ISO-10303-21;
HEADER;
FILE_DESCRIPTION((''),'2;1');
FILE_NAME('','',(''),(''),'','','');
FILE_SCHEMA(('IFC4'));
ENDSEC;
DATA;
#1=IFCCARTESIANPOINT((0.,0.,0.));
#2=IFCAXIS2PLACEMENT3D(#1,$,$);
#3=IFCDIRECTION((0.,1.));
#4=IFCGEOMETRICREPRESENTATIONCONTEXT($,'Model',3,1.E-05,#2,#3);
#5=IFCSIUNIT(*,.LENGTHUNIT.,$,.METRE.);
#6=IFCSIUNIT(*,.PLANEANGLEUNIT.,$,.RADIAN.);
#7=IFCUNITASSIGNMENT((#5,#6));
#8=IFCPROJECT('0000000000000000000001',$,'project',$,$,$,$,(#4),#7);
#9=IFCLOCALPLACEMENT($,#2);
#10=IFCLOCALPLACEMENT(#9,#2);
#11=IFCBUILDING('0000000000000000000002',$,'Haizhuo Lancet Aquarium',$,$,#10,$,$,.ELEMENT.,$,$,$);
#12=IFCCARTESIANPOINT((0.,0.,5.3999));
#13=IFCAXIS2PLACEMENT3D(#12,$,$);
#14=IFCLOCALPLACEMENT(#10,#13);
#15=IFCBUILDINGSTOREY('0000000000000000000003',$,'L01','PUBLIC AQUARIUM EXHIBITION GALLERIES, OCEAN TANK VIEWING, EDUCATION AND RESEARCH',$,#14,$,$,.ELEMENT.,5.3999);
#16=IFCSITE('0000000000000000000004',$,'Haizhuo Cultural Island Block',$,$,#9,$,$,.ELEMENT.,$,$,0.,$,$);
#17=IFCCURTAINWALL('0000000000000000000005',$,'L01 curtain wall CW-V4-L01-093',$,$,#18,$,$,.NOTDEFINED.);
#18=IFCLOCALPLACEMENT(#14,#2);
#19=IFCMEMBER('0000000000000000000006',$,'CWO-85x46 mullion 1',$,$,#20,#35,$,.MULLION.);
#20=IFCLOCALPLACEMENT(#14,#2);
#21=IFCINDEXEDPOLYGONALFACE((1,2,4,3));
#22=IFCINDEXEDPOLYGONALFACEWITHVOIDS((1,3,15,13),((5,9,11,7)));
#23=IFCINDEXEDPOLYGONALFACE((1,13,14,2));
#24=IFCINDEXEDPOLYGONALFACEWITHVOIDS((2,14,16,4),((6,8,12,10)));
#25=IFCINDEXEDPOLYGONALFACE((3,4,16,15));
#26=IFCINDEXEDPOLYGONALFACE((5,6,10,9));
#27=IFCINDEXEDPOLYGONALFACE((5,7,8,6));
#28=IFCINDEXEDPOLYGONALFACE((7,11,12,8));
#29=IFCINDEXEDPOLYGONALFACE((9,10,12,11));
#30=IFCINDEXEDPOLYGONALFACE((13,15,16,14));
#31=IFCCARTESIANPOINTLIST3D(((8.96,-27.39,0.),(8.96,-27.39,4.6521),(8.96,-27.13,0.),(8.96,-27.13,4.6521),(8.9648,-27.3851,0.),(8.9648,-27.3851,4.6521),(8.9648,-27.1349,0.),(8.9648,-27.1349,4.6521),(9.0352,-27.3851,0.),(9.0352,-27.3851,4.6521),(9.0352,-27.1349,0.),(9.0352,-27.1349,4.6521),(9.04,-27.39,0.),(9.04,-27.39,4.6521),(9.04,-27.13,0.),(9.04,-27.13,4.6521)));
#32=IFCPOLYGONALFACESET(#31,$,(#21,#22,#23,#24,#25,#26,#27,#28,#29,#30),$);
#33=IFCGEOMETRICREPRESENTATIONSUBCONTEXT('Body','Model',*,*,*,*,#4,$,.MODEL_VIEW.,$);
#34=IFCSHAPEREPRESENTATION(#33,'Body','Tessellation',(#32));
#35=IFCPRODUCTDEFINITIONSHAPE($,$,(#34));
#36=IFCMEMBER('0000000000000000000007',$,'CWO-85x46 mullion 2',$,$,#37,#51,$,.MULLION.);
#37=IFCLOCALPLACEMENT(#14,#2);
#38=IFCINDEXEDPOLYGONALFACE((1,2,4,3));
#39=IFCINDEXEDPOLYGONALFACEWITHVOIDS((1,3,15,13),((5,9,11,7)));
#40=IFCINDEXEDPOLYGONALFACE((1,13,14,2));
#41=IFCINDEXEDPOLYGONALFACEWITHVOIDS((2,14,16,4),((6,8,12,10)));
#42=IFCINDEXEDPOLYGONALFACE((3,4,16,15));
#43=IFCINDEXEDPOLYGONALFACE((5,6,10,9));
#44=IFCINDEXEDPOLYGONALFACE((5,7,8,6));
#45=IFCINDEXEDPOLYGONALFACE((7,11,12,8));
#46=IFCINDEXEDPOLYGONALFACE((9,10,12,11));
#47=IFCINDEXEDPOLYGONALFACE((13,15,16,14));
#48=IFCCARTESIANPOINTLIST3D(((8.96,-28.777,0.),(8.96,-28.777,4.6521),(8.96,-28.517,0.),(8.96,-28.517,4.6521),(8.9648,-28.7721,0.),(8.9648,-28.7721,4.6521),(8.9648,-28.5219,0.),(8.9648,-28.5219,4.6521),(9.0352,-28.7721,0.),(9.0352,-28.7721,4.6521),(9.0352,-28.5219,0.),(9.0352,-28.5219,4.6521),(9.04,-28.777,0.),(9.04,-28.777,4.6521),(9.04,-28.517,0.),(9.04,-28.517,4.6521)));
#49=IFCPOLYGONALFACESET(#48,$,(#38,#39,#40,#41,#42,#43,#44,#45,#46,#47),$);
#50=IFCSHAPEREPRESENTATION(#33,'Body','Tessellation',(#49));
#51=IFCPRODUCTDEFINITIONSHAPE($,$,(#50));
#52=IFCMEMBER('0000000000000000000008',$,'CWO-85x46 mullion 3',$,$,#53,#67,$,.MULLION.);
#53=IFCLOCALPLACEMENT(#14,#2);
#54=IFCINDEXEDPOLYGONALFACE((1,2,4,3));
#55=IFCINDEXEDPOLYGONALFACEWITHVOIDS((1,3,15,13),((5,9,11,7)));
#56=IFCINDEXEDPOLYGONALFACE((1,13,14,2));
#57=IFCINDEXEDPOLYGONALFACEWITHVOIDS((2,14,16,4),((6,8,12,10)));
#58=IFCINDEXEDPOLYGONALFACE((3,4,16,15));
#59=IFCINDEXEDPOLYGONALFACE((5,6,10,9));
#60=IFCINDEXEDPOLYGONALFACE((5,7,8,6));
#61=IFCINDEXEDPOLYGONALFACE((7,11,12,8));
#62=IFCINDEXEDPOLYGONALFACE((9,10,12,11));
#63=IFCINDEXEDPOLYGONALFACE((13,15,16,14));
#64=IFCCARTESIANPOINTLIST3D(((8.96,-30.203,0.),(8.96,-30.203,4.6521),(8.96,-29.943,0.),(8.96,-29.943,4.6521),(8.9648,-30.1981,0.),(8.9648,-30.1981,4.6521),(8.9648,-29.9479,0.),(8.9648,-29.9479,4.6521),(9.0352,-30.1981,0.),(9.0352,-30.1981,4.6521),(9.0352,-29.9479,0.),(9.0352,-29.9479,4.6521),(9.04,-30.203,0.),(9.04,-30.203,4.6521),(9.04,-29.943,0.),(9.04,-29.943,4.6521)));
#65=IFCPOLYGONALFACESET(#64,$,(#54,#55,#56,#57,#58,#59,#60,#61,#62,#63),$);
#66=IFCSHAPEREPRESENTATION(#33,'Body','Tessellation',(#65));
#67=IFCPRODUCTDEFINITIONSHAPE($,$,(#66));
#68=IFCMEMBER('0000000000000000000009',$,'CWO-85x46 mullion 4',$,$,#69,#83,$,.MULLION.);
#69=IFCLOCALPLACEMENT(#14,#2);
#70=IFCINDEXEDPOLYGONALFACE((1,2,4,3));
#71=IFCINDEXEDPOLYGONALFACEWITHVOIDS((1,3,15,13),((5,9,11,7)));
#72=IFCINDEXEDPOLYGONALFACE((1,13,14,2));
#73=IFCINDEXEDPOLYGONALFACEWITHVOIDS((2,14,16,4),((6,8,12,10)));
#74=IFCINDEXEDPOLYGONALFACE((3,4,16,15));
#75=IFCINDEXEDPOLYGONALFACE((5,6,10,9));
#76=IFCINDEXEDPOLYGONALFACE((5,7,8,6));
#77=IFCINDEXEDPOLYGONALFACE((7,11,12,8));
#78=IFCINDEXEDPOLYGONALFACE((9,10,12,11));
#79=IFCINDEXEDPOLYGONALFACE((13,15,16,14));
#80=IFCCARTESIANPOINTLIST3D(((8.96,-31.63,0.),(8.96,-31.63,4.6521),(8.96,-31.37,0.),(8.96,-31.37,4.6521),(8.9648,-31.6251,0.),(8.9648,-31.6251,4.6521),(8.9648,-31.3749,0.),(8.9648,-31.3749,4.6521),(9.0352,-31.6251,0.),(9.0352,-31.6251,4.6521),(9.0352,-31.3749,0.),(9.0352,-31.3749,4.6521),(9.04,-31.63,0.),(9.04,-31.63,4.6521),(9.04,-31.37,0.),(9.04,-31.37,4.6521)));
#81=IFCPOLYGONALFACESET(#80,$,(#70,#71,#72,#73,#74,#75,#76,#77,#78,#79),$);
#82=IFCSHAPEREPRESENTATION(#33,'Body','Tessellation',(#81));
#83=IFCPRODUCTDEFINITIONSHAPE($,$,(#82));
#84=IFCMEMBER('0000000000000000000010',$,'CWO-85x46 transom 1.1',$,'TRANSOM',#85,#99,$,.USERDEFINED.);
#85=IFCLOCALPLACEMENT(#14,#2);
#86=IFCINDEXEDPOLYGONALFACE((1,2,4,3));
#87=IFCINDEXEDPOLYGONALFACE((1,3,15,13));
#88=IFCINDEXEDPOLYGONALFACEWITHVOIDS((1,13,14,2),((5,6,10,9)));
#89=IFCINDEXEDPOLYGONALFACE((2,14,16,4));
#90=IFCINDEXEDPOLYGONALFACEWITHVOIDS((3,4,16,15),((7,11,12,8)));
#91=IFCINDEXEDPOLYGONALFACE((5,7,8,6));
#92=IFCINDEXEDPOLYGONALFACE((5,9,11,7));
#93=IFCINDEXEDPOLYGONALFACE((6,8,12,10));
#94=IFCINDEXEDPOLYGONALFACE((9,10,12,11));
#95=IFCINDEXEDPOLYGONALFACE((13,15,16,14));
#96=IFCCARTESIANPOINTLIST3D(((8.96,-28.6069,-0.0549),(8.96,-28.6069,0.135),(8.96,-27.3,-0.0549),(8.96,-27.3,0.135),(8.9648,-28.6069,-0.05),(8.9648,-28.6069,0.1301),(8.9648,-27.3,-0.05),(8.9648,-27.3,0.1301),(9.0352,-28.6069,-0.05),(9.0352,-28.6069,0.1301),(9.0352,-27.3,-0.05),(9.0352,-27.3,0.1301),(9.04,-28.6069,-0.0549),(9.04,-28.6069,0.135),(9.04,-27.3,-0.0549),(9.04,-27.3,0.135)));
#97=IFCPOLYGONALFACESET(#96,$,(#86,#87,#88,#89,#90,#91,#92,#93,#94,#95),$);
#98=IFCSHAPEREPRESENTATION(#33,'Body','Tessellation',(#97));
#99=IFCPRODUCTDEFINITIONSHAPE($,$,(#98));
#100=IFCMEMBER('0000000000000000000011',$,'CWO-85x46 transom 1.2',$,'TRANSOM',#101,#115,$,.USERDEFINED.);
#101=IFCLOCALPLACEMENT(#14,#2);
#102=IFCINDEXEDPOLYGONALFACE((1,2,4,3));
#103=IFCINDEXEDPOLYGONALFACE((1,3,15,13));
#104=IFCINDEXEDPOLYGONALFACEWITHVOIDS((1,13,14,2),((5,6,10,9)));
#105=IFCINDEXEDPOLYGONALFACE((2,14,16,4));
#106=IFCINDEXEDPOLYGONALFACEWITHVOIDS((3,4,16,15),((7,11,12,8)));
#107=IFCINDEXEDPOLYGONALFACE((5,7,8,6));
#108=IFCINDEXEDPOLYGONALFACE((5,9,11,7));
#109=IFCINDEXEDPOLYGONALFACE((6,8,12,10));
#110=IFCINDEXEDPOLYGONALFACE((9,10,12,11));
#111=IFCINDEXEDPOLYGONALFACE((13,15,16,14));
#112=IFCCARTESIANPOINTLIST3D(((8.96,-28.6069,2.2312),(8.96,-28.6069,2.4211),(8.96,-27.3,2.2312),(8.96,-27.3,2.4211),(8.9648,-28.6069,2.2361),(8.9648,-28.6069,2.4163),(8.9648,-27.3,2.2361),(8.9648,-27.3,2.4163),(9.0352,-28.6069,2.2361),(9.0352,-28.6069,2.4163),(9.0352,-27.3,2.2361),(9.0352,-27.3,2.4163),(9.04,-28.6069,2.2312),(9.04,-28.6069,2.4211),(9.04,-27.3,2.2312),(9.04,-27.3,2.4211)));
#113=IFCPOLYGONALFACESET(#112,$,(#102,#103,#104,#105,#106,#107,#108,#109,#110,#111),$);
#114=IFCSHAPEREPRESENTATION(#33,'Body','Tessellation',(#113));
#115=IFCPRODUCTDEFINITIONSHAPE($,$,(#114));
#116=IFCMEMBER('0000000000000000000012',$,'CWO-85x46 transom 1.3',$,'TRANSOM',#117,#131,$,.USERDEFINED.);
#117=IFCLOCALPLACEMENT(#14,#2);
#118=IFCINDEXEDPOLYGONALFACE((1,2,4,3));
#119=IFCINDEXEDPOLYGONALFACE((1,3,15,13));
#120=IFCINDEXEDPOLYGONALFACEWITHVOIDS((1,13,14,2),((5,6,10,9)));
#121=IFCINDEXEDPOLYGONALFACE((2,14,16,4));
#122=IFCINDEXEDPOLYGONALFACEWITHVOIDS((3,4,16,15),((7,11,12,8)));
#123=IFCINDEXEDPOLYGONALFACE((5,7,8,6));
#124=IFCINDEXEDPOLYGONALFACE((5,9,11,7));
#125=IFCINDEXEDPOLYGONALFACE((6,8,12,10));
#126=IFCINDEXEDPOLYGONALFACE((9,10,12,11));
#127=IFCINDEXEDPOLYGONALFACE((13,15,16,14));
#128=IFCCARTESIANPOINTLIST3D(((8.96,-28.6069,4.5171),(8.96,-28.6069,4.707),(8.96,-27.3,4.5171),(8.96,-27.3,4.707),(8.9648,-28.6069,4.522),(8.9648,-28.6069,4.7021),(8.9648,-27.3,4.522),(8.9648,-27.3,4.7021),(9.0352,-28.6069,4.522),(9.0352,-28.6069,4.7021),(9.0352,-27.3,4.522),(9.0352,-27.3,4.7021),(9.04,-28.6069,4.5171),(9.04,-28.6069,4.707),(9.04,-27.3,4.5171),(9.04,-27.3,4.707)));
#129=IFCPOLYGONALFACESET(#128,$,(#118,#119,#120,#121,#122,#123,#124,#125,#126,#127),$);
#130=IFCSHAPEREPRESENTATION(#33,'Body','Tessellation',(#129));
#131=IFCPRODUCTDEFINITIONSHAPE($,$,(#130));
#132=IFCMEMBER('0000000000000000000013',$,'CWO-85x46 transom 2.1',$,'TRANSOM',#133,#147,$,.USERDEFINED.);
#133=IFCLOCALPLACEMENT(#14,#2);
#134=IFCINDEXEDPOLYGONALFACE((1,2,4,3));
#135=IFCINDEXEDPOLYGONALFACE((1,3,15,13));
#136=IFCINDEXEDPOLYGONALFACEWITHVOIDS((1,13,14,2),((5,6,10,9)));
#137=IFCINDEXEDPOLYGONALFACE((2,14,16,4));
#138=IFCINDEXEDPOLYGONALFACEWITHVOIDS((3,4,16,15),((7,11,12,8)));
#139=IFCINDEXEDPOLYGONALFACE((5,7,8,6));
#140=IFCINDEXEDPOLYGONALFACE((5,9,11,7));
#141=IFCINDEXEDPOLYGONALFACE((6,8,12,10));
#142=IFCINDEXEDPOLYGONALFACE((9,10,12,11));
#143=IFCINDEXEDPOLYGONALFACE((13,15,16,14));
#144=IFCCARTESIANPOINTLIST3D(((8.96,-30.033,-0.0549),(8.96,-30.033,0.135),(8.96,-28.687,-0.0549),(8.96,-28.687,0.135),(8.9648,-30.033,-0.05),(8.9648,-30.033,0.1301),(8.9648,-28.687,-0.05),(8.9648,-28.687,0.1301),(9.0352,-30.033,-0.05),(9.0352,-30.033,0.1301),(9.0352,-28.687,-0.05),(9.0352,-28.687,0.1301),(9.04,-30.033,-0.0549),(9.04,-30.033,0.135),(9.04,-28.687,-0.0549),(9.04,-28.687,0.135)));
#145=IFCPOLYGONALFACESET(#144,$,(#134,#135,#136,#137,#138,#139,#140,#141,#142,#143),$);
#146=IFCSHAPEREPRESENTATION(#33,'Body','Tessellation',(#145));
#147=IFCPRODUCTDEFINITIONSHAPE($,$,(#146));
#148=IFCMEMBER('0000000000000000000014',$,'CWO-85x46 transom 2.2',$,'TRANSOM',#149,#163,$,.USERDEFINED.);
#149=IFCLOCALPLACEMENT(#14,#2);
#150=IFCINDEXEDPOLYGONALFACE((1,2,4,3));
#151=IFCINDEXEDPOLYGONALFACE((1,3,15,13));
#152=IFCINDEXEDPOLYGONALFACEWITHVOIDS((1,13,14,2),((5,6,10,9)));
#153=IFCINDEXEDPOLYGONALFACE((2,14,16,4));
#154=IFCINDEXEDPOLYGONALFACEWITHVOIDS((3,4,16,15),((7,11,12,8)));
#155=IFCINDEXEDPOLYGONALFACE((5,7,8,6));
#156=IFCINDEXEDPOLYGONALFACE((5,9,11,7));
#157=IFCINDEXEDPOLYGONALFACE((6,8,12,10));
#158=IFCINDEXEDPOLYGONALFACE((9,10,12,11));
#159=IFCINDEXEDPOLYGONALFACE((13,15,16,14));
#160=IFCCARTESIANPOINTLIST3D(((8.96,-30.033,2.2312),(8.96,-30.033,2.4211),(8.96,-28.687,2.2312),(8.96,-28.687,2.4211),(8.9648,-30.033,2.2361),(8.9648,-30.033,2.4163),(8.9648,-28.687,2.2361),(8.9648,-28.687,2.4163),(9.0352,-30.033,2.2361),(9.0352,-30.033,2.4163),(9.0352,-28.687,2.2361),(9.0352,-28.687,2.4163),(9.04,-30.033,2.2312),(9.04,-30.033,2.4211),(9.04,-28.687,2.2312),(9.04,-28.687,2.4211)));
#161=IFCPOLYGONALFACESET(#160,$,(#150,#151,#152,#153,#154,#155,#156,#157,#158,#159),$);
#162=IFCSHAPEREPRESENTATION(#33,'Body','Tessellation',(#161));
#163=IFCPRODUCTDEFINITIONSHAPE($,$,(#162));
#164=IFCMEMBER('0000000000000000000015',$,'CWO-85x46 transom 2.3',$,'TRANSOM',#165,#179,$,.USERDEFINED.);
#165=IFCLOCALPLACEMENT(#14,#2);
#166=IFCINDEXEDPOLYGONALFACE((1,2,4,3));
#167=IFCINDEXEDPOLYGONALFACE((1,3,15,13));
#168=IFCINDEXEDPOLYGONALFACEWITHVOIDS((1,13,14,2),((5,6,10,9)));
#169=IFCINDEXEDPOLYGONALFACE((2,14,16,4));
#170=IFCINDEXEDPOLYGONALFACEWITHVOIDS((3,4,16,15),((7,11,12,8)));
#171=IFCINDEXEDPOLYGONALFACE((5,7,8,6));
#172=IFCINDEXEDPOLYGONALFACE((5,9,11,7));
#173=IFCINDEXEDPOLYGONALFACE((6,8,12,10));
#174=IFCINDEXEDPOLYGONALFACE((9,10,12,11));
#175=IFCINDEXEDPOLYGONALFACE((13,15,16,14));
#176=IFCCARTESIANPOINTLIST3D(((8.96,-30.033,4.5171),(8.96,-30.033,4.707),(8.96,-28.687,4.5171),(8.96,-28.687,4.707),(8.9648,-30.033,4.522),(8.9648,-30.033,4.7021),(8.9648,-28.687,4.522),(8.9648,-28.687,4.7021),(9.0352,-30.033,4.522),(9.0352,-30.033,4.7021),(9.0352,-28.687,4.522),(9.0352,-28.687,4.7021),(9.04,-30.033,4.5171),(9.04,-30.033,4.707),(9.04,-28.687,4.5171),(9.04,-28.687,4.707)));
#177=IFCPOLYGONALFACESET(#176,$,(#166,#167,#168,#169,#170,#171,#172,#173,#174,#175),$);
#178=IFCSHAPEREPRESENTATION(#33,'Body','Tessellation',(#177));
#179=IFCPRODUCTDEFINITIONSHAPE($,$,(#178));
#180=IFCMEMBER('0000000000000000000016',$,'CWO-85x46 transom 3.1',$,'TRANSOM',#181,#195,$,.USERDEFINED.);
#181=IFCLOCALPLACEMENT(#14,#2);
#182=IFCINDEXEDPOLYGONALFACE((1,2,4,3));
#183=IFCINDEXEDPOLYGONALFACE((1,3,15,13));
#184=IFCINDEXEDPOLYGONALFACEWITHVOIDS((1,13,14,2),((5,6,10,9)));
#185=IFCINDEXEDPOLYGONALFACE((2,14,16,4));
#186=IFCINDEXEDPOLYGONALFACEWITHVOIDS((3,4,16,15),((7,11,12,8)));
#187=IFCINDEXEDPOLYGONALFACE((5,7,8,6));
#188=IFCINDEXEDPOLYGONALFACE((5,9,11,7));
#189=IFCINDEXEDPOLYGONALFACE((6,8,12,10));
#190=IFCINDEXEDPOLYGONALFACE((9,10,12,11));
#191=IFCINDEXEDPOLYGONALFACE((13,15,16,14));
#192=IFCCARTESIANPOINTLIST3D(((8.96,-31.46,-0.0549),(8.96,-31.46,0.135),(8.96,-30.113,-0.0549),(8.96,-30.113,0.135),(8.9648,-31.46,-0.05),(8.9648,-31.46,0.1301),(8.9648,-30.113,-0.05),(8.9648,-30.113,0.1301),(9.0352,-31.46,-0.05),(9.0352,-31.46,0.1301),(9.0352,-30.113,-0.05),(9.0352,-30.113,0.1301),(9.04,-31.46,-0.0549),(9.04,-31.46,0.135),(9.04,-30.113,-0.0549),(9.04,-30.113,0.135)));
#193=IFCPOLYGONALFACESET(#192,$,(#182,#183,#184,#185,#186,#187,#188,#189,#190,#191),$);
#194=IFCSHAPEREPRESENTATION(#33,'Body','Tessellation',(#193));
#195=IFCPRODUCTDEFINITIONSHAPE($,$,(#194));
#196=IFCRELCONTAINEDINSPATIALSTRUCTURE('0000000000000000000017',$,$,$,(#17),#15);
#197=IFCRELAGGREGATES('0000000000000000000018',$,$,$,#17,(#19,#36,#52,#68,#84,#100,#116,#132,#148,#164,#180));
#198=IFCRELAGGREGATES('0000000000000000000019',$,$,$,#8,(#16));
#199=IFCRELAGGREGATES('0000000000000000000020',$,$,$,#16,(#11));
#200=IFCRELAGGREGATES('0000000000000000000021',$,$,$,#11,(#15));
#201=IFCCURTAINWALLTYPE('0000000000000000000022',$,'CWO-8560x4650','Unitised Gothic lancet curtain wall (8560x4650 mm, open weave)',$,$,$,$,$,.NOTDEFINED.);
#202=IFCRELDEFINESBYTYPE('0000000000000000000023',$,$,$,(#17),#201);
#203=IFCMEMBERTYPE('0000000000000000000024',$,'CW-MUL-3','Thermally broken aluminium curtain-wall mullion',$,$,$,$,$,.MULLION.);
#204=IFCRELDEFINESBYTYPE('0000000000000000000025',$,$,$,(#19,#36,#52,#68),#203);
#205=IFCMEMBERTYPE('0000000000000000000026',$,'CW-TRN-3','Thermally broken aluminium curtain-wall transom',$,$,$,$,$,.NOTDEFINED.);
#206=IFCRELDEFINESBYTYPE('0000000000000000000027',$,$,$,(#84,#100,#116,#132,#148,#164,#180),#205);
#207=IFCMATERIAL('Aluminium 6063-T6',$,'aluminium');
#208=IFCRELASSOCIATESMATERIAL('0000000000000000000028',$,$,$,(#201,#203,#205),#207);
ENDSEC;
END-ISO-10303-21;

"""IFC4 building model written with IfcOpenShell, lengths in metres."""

from ifc_helpers import new_model, si_unit, direction, frame, origin, origin_2d, place, context, subcontext, project, spatial, hollow_rectangle, extrude, material, material_profile, profile_set, type_object, element, aggregate, save


model = new_model("IFC4")

# Units and contexts
model_context = context("Model", 3, precision=1e-05, world=origin(), true_north=direction((0.0, 1.0)))
body_context = subcontext(model_context, "Body", "Model", "MODEL_VIEW")
ifc_project = project(units=[si_unit("LENGTHUNIT", "METRE"), si_unit("PLANEANGLEUNIT", "RADIAN")], contexts=[model_context])

# Site, building, storey
site_placement = place(None, origin())
site = spatial("IfcSite", under=ifc_project, at=site_placement, Name="Haizhuo Cultural Island Block", CompositionType="ELEMENT", RefElevation=0.0)
building_placement = place(site_placement, origin())
building = spatial("IfcBuilding", under=site, at=building_placement, Name="Haizhuo Lancet Aquarium", CompositionType="ELEMENT")
storey_placement = place(building_placement, frame((0.0, 0.0, 5.3999)))
storey = spatial("IfcBuildingStorey", under=building, at=storey_placement, Name="L01", Description="PUBLIC AQUARIUM EXHIBITION GALLERIES, OCEAN TANK VIEWING, EDUCATION AND RESEARCH", CompositionType="ELEMENT", Elevation=5.3999)

# Curtain wall, members
ifc_material_1 = material(Name="Aluminium 6063-T6", Category="aluminium")
curtain_wall_type = type_object("IfcCurtainWallType", Name="CWO-8560x4650", Description="Unitised Gothic lancet curtain wall (8560x4650 mm, open weave)", PredefinedType="NOTDEFINED", material=ifc_material_1)
curtain_wall_placement = place(storey_placement, origin())
curtain_wall = element("IfcCurtainWall", 1, at=curtain_wall_placement, inside=storey, type_object=curtain_wall_type, Name="L01 curtain wall CW-V4-L01-093", PredefinedType="NOTDEFINED")
ifc_material_profile_1 = material_profile(ifc_material_1, hollow_rectangle(XDim=0.0801, YDim=0.26, WallThickness=0.0049, at=origin_2d()), Name="ALU-M 80x260x5")
ifc_profile_set_1 = profile_set([ifc_material_profile_1], Name="Aluminium 6063-T6")
member_type_1 = type_object("IfcMemberType", Name="CW-MUL-3", Description="Thermally broken aluminium curtain-wall mullion", PredefinedType="MULLION", material=ifc_profile_set_1)
member_1_placement = place(storey_placement, frame((9.0, -27.26, 0.0), z_axis=(0.0, 0.0, 1.0), x_axis=(1.0, 0.0, 0.0)))
member_1 = element("IfcMember", 2, at=member_1_placement, type_object=member_type_1, Name="CWO-85x46 mullion 1", PredefinedType="MULLION", context=body_context, shape_type="SweptSolid", body=[
    extrude(hollow_rectangle(XDim=0.0801, YDim=0.26, WallThickness=0.0049, at=origin_2d()), origin(), (0.0, 0.0, 1.0), 4.6521),
])
member_2_placement = place(storey_placement, frame((9.0, -28.647, 0.0), z_axis=(0.0, 0.0, 1.0), x_axis=(1.0, 0.0, 0.0)))
member_2 = element("IfcMember", 3, at=member_2_placement, type_object=member_type_1, Name="CWO-85x46 mullion 2", PredefinedType="MULLION", context=body_context, shape_type="SweptSolid", body=[
    extrude(hollow_rectangle(XDim=0.0801, YDim=0.26, WallThickness=0.0049, at=origin_2d()), origin(), (0.0, 0.0, 1.0), 4.6521),
])
member_3_placement = place(storey_placement, frame((9.0, -30.073, 0.0), z_axis=(0.0, 0.0, 1.0), x_axis=(1.0, 0.0, 0.0)))
member_3 = element("IfcMember", 4, at=member_3_placement, type_object=member_type_1, Name="CWO-85x46 mullion 3", PredefinedType="MULLION", context=body_context, shape_type="SweptSolid", body=[
    extrude(hollow_rectangle(XDim=0.0801, YDim=0.26, WallThickness=0.0049, at=origin_2d()), origin(), (0.0, 0.0, 1.0), 4.6521),
])
member_4_placement = place(storey_placement, frame((9.0, -31.5, 0.0), z_axis=(0.0, 0.0, 1.0), x_axis=(1.0, 0.0, 0.0)))
member_4 = element("IfcMember", 5, at=member_4_placement, type_object=member_type_1, Name="CWO-85x46 mullion 4", PredefinedType="MULLION", context=body_context, shape_type="SweptSolid", body=[
    extrude(hollow_rectangle(XDim=0.0801, YDim=0.26, WallThickness=0.0049, at=origin_2d()), origin(), (0.0, 0.0, 1.0), 4.6521),
])
ifc_material_profile_2 = material_profile(ifc_material_1, hollow_rectangle(XDim=0.0801, YDim=0.1899, WallThickness=0.0049, at=origin_2d()), Name="ALU-T 80x190x5")
ifc_profile_set_2 = profile_set([ifc_material_profile_2], Name="Aluminium 6063-T6")
member_type_2 = type_object("IfcMemberType", Name="CW-TRN-3", Description="Thermally broken aluminium curtain-wall transom", PredefinedType="NOTDEFINED", material=ifc_profile_set_2)
member_5_placement = place(storey_placement, frame((9.0, -27.3, 0.04), z_axis=(0.0, -1.0, 0.0), x_axis=(1.0, 0.0, 0.0)))
member_5 = element("IfcMember", 6, at=member_5_placement, type_object=member_type_2, Name="CWO-85x46 transom 1.1", ObjectType="TRANSOM", PredefinedType="USERDEFINED", context=body_context, shape_type="SweptSolid", body=[
    extrude(hollow_rectangle(XDim=0.0801, YDim=0.1899, WallThickness=0.0049, at=origin_2d()), origin(), (0.0, 0.0, 1.0), 1.3069),
])
member_6_placement = place(storey_placement, frame((9.0, -27.3, 2.3262), z_axis=(0.0, -1.0, 0.0), x_axis=(1.0, 0.0, 0.0)))
member_6 = element("IfcMember", 7, at=member_6_placement, type_object=member_type_2, Name="CWO-85x46 transom 1.2", ObjectType="TRANSOM", PredefinedType="USERDEFINED", context=body_context, shape_type="SweptSolid", body=[
    extrude(hollow_rectangle(XDim=0.0801, YDim=0.1899, WallThickness=0.0049, at=origin_2d()), origin(), (0.0, 0.0, 1.0), 1.3069),
])
member_7_placement = place(storey_placement, frame((9.0, -27.3, 4.6121), z_axis=(0.0, -1.0, 0.0), x_axis=(1.0, 0.0, 0.0)))
member_7 = element("IfcMember", 8, at=member_7_placement, type_object=member_type_2, Name="CWO-85x46 transom 1.3", ObjectType="TRANSOM", PredefinedType="USERDEFINED", context=body_context, shape_type="SweptSolid", body=[
    extrude(hollow_rectangle(XDim=0.0801, YDim=0.1899, WallThickness=0.0049, at=origin_2d()), origin(), (0.0, 0.0, 1.0), 1.3069),
])
member_8_placement = place(storey_placement, frame((9.0, -28.687, 0.04), z_axis=(0.0, -1.0, 0.0), x_axis=(1.0, 0.0, 0.0)))
member_8 = element("IfcMember", 9, at=member_8_placement, type_object=member_type_2, Name="CWO-85x46 transom 2.1", ObjectType="TRANSOM", PredefinedType="USERDEFINED", context=body_context, shape_type="SweptSolid", body=[
    extrude(hollow_rectangle(XDim=0.0801, YDim=0.1899, WallThickness=0.0049, at=origin_2d()), origin(), (0.0, 0.0, 1.0), 1.3459),
])
member_9_placement = place(storey_placement, frame((9.0, -28.687, 2.3262), z_axis=(0.0, -1.0, 0.0), x_axis=(1.0, 0.0, 0.0)))
member_9 = element("IfcMember", 10, at=member_9_placement, type_object=member_type_2, Name="CWO-85x46 transom 2.2", ObjectType="TRANSOM", PredefinedType="USERDEFINED", context=body_context, shape_type="SweptSolid", body=[
    extrude(hollow_rectangle(XDim=0.0801, YDim=0.1899, WallThickness=0.0049, at=origin_2d()), origin(), (0.0, 0.0, 1.0), 1.3459),
])
member_10_placement = place(storey_placement, frame((9.0, -28.687, 4.6121), z_axis=(0.0, -1.0, 0.0), x_axis=(1.0, 0.0, 0.0)))
member_10 = element("IfcMember", 11, at=member_10_placement, type_object=member_type_2, Name="CWO-85x46 transom 2.3", ObjectType="TRANSOM", PredefinedType="USERDEFINED", context=body_context, shape_type="SweptSolid", body=[
    extrude(hollow_rectangle(XDim=0.0801, YDim=0.1899, WallThickness=0.0049, at=origin_2d()), origin(), (0.0, 0.0, 1.0), 1.3459),
])
member_11_placement = place(storey_placement, frame((9.0, -30.113, 0.04), z_axis=(0.0, -1.0, 0.0), x_axis=(1.0, 0.0, 0.0)))
member_11 = element("IfcMember", 12, at=member_11_placement, type_object=member_type_2, Name="CWO-85x46 transom 3.1", ObjectType="TRANSOM", PredefinedType="USERDEFINED", context=body_context, shape_type="SweptSolid", body=[
    extrude(hollow_rectangle(XDim=0.0801, YDim=0.1899, WallThickness=0.0049, at=origin_2d()), origin(), (0.0, 0.0, 1.0), 1.3469),
])
aggregate(curtain_wall, [member_1, member_2, member_3, member_4, member_5, member_6, member_7, member_8, member_9, member_10, member_11])

save(model, "model.ifc")
